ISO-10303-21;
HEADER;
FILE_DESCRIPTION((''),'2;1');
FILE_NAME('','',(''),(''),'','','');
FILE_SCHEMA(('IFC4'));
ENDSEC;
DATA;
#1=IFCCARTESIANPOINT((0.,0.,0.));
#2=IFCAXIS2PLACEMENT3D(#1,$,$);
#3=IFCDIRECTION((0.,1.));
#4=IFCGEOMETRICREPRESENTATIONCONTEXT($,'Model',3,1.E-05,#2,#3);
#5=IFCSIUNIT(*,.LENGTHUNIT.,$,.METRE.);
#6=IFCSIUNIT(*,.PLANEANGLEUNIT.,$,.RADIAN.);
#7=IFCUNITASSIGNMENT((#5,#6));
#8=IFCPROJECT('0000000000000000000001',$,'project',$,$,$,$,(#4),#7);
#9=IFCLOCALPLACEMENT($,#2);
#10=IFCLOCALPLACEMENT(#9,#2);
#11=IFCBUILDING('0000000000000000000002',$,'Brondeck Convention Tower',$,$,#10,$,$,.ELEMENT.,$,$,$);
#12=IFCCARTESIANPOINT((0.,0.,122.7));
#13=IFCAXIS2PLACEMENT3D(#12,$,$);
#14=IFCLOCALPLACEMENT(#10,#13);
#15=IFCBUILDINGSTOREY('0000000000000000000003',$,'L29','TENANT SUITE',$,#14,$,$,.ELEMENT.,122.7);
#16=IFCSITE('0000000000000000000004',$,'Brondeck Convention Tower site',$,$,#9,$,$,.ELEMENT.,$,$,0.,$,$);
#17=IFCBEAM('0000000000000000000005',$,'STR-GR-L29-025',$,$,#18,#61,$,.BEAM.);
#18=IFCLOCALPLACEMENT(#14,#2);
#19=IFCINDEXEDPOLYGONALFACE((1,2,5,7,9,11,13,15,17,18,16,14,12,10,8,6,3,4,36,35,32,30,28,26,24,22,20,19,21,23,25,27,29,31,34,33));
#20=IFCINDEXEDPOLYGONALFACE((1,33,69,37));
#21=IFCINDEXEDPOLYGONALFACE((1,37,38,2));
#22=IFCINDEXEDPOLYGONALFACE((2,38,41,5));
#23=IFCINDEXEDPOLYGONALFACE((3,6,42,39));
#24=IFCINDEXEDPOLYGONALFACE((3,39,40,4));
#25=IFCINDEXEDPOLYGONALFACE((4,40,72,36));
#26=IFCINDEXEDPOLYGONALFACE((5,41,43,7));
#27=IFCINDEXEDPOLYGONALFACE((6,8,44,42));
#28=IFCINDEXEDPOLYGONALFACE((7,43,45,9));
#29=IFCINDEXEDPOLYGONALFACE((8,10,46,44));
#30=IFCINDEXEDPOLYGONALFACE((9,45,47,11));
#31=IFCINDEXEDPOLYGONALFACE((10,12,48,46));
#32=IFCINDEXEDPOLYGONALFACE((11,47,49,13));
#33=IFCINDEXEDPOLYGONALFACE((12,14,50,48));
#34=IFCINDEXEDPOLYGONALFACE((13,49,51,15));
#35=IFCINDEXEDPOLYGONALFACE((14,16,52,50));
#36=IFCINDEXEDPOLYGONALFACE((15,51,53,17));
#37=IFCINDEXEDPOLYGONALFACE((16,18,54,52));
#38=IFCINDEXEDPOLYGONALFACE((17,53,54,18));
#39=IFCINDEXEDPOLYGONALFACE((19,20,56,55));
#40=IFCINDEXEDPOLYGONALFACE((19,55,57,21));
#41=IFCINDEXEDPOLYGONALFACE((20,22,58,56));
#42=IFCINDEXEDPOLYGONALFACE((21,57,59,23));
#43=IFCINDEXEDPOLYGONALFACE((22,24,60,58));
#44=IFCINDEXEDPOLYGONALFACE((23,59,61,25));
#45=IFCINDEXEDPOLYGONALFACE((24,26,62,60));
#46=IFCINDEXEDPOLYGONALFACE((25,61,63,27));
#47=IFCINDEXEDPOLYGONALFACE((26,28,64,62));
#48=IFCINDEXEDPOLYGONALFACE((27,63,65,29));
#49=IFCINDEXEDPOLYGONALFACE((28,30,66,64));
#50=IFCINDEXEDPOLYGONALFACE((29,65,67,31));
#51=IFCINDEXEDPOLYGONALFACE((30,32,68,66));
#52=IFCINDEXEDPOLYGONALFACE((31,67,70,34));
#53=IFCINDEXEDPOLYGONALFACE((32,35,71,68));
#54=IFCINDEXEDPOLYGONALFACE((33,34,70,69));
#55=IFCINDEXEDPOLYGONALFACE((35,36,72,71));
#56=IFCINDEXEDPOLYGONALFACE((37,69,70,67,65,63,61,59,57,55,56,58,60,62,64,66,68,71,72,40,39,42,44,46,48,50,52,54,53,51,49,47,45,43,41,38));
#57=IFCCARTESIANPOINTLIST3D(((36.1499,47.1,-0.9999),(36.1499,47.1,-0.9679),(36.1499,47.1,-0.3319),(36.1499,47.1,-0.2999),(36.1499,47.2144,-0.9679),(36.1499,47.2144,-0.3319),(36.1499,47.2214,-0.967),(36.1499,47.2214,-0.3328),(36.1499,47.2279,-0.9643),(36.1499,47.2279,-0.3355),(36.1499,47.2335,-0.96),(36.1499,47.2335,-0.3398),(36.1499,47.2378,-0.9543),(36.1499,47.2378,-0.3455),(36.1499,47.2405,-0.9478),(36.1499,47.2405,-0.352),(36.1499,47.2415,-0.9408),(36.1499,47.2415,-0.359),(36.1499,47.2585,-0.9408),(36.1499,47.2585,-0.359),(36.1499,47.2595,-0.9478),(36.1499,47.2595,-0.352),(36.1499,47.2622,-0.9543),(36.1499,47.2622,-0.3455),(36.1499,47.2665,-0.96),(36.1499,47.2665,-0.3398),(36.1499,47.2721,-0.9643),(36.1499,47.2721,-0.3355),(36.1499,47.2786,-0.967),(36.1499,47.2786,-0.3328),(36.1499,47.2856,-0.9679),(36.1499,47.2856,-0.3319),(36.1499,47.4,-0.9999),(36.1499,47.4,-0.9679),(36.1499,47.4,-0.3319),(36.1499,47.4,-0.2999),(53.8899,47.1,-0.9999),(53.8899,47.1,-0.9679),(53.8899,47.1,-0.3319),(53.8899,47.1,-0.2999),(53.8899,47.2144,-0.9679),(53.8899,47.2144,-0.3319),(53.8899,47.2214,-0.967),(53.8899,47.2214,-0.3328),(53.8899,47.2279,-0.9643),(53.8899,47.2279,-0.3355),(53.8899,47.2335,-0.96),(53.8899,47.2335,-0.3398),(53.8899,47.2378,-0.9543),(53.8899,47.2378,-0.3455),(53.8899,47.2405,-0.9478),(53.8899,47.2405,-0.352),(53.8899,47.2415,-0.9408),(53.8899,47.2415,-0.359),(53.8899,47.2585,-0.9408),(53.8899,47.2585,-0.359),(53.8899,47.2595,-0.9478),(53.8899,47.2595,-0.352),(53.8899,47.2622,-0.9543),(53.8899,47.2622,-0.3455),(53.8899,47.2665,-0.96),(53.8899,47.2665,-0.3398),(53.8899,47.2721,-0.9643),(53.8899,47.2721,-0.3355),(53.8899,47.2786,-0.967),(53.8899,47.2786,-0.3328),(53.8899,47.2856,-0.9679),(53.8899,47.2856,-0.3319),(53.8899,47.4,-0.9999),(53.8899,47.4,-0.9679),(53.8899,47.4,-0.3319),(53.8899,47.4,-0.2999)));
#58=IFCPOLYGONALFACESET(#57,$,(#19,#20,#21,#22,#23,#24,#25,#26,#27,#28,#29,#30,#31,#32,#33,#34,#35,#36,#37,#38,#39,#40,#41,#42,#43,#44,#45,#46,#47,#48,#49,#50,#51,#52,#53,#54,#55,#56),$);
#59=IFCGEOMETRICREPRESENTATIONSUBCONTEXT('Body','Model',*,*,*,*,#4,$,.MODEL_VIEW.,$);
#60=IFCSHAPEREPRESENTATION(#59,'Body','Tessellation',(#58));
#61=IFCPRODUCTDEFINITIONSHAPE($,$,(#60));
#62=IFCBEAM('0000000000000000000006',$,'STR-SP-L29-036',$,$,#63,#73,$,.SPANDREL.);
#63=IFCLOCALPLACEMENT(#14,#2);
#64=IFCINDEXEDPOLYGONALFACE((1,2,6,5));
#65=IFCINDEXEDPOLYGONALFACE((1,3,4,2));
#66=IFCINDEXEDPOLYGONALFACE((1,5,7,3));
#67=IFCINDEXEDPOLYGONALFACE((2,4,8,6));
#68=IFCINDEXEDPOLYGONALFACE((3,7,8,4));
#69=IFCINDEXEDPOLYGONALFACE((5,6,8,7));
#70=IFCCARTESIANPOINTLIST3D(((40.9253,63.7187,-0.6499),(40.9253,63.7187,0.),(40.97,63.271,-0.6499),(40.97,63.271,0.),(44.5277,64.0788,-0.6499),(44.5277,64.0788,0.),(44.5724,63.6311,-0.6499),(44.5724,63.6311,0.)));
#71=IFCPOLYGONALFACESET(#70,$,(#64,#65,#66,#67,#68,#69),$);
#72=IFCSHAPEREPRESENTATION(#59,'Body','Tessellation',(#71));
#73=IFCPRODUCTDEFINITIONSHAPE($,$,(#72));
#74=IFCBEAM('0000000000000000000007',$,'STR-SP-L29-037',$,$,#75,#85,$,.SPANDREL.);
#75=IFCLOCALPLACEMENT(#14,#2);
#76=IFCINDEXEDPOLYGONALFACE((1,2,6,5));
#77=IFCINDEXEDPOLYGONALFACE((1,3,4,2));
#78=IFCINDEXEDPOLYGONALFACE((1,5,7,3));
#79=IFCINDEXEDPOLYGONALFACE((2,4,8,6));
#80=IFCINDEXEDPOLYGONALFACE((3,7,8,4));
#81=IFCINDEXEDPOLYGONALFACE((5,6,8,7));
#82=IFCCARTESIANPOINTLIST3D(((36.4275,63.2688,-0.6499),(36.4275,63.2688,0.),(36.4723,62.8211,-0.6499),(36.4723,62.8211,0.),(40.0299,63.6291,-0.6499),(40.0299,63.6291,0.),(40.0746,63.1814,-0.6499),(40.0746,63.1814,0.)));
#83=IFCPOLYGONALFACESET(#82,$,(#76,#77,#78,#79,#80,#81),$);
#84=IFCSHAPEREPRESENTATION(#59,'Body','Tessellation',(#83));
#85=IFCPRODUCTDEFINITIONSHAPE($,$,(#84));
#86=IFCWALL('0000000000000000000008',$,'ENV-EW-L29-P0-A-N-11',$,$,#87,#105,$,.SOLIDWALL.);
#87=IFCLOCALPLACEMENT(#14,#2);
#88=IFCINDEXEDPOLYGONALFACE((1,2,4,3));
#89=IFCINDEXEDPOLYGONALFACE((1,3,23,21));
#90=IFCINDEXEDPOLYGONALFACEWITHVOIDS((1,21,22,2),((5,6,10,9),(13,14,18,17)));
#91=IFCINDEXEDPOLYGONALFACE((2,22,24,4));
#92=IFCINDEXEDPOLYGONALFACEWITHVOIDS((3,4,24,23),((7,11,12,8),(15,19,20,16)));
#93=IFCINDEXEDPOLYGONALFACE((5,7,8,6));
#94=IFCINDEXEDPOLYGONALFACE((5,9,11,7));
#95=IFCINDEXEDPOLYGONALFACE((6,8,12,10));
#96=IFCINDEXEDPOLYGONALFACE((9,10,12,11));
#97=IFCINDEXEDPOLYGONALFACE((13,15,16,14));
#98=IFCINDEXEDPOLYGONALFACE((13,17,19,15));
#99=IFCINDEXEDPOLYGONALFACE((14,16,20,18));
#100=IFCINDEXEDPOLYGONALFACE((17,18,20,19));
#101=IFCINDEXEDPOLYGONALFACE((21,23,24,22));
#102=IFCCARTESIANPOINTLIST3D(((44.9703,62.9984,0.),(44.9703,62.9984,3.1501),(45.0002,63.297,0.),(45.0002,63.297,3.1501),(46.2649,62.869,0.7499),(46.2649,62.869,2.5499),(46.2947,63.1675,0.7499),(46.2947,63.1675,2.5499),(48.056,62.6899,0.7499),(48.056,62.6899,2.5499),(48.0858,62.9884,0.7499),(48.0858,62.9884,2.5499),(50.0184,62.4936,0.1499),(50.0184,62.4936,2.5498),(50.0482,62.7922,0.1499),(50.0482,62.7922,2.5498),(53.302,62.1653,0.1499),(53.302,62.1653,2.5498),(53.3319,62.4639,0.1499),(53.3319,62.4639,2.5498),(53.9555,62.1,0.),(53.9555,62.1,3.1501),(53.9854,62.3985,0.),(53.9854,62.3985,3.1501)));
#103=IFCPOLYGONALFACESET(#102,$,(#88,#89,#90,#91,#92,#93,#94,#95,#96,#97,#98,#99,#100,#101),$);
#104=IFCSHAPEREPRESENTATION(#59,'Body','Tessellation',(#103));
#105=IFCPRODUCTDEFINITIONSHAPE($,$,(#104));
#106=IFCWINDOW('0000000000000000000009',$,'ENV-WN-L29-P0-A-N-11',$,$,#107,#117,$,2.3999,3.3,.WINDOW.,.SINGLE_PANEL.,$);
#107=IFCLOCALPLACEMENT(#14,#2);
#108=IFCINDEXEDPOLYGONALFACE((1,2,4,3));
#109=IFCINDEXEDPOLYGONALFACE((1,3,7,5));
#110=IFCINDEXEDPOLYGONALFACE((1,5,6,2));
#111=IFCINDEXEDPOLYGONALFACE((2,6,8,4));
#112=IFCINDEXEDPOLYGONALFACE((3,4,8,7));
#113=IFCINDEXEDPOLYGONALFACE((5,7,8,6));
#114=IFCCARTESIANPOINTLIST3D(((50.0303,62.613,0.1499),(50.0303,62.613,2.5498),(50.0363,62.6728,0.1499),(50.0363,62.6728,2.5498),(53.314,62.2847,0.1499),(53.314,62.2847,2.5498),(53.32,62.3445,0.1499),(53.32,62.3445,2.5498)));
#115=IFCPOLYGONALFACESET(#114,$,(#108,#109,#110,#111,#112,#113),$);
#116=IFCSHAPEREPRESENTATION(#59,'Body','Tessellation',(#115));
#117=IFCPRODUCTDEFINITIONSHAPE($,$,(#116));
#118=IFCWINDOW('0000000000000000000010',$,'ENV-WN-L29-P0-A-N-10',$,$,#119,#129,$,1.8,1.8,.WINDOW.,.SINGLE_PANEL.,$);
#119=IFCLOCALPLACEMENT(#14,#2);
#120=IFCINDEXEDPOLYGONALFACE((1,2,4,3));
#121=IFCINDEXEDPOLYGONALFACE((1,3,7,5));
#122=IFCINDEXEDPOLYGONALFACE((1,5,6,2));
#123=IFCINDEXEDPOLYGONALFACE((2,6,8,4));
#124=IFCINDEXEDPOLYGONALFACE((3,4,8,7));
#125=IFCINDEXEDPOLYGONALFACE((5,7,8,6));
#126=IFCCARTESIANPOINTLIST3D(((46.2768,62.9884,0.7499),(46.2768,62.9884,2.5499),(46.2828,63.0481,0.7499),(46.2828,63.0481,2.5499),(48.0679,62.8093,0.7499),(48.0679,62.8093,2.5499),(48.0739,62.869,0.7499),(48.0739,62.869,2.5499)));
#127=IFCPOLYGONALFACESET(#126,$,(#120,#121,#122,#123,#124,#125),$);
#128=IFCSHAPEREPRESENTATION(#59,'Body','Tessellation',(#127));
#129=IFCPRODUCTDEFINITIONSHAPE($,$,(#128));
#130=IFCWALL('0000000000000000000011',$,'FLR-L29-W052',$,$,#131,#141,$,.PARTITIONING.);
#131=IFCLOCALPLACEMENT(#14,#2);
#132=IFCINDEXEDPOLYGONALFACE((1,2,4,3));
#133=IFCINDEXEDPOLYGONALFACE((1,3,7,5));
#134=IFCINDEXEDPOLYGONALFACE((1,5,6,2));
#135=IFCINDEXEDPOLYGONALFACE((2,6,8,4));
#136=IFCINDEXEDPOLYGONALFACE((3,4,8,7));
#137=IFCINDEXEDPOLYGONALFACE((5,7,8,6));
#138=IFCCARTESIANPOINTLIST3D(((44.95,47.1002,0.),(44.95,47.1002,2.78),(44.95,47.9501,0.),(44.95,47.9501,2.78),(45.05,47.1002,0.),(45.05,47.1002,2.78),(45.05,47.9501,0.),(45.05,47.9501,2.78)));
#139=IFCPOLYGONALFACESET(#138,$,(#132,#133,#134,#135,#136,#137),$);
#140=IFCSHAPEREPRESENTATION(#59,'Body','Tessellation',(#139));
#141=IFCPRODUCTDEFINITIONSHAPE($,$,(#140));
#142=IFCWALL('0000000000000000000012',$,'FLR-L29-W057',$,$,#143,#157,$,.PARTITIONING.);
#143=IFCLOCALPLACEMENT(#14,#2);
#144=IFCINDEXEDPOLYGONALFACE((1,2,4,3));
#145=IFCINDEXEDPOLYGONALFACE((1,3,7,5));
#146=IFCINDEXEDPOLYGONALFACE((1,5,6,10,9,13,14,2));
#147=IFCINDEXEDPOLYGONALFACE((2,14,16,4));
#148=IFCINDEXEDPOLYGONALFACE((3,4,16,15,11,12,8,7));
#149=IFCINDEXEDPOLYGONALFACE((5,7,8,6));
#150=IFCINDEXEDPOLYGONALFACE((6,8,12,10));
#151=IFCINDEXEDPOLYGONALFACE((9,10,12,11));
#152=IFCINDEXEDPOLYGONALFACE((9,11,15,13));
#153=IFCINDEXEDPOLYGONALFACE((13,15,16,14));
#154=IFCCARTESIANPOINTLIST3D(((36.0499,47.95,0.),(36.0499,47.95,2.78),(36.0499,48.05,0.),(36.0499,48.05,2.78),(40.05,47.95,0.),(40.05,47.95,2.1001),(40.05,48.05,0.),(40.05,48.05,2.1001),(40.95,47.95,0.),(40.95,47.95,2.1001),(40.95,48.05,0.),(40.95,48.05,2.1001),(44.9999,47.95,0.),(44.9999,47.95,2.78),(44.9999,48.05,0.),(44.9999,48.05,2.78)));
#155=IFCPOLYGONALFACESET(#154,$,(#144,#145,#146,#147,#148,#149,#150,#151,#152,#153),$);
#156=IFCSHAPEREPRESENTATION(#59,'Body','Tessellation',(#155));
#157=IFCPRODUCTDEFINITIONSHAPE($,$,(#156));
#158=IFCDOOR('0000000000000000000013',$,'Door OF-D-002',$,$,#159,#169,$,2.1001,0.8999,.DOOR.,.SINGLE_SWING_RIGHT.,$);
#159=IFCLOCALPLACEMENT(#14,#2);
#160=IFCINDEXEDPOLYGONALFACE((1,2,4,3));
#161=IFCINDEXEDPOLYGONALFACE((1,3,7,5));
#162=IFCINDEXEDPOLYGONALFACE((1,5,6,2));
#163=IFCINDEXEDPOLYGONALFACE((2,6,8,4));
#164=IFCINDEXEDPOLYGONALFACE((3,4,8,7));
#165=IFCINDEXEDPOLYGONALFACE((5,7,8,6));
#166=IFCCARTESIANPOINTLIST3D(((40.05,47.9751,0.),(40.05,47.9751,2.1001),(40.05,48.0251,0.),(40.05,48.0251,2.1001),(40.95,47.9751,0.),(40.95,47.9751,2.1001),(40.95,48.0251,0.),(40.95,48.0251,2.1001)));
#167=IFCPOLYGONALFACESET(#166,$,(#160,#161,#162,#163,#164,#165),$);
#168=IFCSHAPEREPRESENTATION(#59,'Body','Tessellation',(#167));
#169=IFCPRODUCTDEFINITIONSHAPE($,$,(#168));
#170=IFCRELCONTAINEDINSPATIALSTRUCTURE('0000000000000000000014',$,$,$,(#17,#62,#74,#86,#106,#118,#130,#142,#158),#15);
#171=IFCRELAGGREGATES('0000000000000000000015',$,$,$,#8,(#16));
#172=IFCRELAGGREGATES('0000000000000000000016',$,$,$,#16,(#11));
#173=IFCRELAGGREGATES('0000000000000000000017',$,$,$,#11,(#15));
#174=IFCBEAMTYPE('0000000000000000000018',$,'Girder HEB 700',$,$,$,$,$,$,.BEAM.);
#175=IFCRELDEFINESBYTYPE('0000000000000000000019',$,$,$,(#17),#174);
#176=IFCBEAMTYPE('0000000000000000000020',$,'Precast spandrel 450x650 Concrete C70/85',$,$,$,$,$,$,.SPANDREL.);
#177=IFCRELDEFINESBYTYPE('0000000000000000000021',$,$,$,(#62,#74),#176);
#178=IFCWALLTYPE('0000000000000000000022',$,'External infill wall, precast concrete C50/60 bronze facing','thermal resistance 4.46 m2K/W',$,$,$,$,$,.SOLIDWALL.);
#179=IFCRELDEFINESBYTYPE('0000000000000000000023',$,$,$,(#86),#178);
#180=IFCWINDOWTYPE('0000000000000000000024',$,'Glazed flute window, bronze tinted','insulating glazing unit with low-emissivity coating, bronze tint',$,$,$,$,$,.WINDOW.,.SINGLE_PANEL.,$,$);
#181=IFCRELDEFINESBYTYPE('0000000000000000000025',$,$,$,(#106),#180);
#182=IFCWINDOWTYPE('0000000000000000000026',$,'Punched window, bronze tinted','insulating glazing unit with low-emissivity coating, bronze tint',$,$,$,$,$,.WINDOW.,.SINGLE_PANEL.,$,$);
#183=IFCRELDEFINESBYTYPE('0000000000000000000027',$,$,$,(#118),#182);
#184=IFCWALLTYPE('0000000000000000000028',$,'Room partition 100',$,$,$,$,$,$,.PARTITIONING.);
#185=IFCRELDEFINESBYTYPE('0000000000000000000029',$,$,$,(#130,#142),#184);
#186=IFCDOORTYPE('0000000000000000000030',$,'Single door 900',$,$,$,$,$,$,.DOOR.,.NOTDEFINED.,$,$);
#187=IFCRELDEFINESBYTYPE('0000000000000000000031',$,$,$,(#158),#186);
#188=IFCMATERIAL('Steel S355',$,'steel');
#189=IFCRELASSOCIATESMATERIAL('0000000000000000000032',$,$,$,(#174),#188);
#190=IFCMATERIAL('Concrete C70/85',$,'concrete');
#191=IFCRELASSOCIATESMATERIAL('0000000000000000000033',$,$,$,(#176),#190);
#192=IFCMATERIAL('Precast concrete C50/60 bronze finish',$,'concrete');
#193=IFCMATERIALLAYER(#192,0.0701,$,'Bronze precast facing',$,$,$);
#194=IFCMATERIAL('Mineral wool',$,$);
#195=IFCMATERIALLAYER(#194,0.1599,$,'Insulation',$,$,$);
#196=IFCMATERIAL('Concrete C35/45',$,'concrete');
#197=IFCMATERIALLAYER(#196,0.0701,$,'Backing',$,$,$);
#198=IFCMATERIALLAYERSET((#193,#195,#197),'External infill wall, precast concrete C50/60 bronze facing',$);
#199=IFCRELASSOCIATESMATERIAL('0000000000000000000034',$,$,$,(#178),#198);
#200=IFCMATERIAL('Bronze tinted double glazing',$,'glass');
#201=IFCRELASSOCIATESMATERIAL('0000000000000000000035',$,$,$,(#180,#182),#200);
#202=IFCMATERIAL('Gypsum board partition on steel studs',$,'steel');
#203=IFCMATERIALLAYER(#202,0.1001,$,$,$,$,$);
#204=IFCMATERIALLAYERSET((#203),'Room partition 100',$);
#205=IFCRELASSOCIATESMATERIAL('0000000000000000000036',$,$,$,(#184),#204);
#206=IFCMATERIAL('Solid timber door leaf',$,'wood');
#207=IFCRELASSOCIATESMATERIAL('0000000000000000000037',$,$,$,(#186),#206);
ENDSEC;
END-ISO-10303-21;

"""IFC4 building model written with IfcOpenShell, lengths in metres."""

from ifc_helpers import new_model, si_unit, direction, frame, frame_2d, origin, origin_2d, place, context, subcontext, project, spatial, rectangle, i_section, extrude, material, layer, layer_set, material_profile, profile_set, type_object, element, fill, save


model = new_model("IFC4")

# Units and contexts
model_context = context("Model", 3, precision=1e-05, world=origin(), true_north=direction((0.0, 1.0)))
body_context = subcontext(model_context, "Body", "Model", "MODEL_VIEW")
ifc_project = project(units=[si_unit("LENGTHUNIT", "METRE"), si_unit("PLANEANGLEUNIT", "RADIAN")], contexts=[model_context])

# Site, building, storey
site_placement = place(None, origin())
site = spatial("IfcSite", under=ifc_project, at=site_placement, Name="Brondeck Convention Tower site", CompositionType="ELEMENT", RefElevation=0.0)
building_placement = place(site_placement, origin())
building = spatial("IfcBuilding", under=site, at=building_placement, Name="Brondeck Convention Tower", CompositionType="ELEMENT")
storey_placement = place(building_placement, frame((0.0, 0.0, 122.7)))
storey = spatial("IfcBuildingStorey", under=building, at=storey_placement, Name="L29", Description="TENANT SUITE", CompositionType="ELEMENT", Elevation=122.7)

# Shared definitions
ifc_material_1 = material(Name="Concrete C70/85", Category="concrete")

# Beams
ifc_material_2 = material(Name="Steel S355", Category="steel")
ifc_material_profile_1 = material_profile(ifc_material_2, i_section(OverallWidth=0.3, OverallDepth=0.7, WebThickness=0.0171, FlangeThickness=0.032, FilletRadius=0.0271, at=origin_2d()), Name="HEB 700")
ifc_profile_set_1 = profile_set([ifc_material_profile_1], Name="Steel S355")
beam_type_1 = type_object("IfcBeamType", Name="Girder HEB 700", PredefinedType="BEAM", material=ifc_profile_set_1)
beam_1_placement = place(storey_placement, frame((36.1499, 47.25, -0.6499), z_axis=(1.0, 0.0, 0.0), x_axis=(0.0, 1.0, 0.0)))
element("IfcBeam", 1, at=beam_1_placement, inside=storey, type_object=beam_type_1, Name="STR-GR-L29-025", PredefinedType="BEAM", context=body_context, shape_type="SweptSolid", body=[
    extrude(i_section(OverallWidth=0.3, OverallDepth=0.7, WebThickness=0.0171, FlangeThickness=0.032, FilletRadius=0.0271, at=origin_2d()), origin(), (0.0, 0.0, 1.0), 17.74),
])
ifc_material_profile_2 = material_profile(ifc_material_1, rectangle(XDim=0.45, YDim=0.6499, at=origin_2d()), Name="Precast spandrel 450x650 Concrete C70/85")
ifc_profile_set_2 = profile_set([ifc_material_profile_2], Name="Concrete C70/85")
beam_type_2 = type_object("IfcBeamType", Name="Precast spandrel 450x650 Concrete C70/85", PredefinedType="SPANDREL", material=ifc_profile_set_2)
for number, where, z_axis, x_axis, name in (
    (2, (44.55, 63.855, -0.325), (-0.995041, -0.09947, 0.0), (0.09947, -0.995041, 0.0), "STR-SP-L29-036"),
    (3, (40.0522, 63.4053, -0.325), (-0.995034, -0.099537, 0.0), (0.099537, -0.995034, 0.0), "STR-SP-L29-037"),
):
    element("IfcBeam", number, at=place(storey_placement, frame(where, z_axis=z_axis, x_axis=x_axis)), inside=storey, type_object=beam_type_2, Name=name, PredefinedType="SPANDREL", context=body_context, shape_type="SweptSolid", body=[
        extrude(rectangle(XDim=0.45, YDim=0.6499, at=origin_2d()), origin(), (0.0, 0.0, 1.0), 3.6204),
    ])

# Wall, openings, windows
ifc_material_3 = material(Name="Precast concrete C50/60 bronze finish", Category="concrete")
ifc_layer_1 = layer(ifc_material_3, 0.0701, Name="Bronze precast facing")
ifc_material_4 = material(Name="Mineral wool")
ifc_layer_2 = layer(ifc_material_4, 0.1599, Name="Insulation")
ifc_material_5 = material(Name="Concrete C35/45", Category="concrete")
ifc_layer_3 = layer(ifc_material_5, 0.0701, Name="Backing")
ifc_layer_set_1 = layer_set([ifc_layer_1, ifc_layer_2, ifc_layer_3], Name="External infill wall, precast concrete C50/60 bronze facing")
wall_type_1 = type_object("IfcWallType", Name="External infill wall, precast concrete C50/60 bronze facing", Description="thermal resistance 4.46 m2K/W", PredefinedType="SOLIDWALL", material=ifc_layer_set_1)
wall_1_placement = place(storey_placement, frame((44.9851, 63.1477, 0.0), z_axis=(0.0, 0.0, 1.0), x_axis=(0.995038, -0.099496, 0.0)))
wall_1 = element("IfcWall", 4, at=wall_1_placement, inside=storey, type_object=wall_type_1, Name="ENV-EW-L29-P0-A-N-11", PredefinedType="SOLIDWALL", context=body_context, shape_type="SweptSolid", body=[
    extrude(rectangle(XDim=9.03, YDim=0.3, at=frame_2d((4.5151, 0.0))), origin(), (0.0, 0.0, 1.0), 3.1501),
])
opening_1_placement = place(wall_1_placement, frame((1.3013, 0.0, 0.75)))
opening_1 = element("IfcOpeningElement", 5, at=opening_1_placement, cuts=wall_1, PredefinedType="OPENING", context=body_context, shape_type="SweptSolid", body=[
    extrude(rectangle(XDim=1.8, YDim=1.8, at=frame_2d((0.8999, 0.8999))), frame((0.0, 0.1599, 0.0), z_axis=(0.0, -1.0, 0.0), x_axis=(1.0, 0.0, 0.0)), (0.0, 0.0, 1.0), 0.3201),
])
opening_2_placement = place(wall_1_placement, frame((5.0735, 0.0, 0.1499)))
opening_2 = element("IfcOpeningElement", 6, at=opening_2_placement, cuts=wall_1, PredefinedType="OPENING", context=body_context, shape_type="SweptSolid", body=[
    extrude(rectangle(XDim=3.3, YDim=2.3999, at=frame_2d((1.6499, 1.2))), frame((0.0, 0.1599, 0.0), z_axis=(0.0, -1.0, 0.0), x_axis=(1.0, 0.0, 0.0)), (0.0, 0.0, 1.0), 0.3201),
])
ifc_material_6 = material(Name="Bronze tinted double glazing", Category="glass")
window_type_1 = type_object("IfcWindowType", Name="Glazed flute window, bronze tinted", Description="insulating glazing unit with low-emissivity coating, bronze tint", PartitioningType="SINGLE_PANEL", PredefinedType="WINDOW", material=ifc_material_6)
window_1_placement = place(opening_2_placement, origin())
window_1 = element("IfcWindow", 7, at=window_1_placement, inside=storey, type_object=window_type_1, Name="ENV-WN-L29-P0-A-N-11", OverallHeight=2.3999, OverallWidth=3.3, PartitioningType="SINGLE_PANEL", PredefinedType="WINDOW", context=body_context, shape_type="SweptSolid", body=[
    extrude(rectangle(XDim=3.3, YDim=2.3999, at=frame_2d((1.6499, 1.2))), frame((0.0, 0.03, 0.0), z_axis=(0.0, -1.0, 0.0), x_axis=(1.0, 0.0, 0.0)), (0.0, 0.0, 1.0), 0.0601),
])
fill(opening_2, window_1)
window_type_2 = type_object("IfcWindowType", Name="Punched window, bronze tinted", Description="insulating glazing unit with low-emissivity coating, bronze tint", PartitioningType="SINGLE_PANEL", PredefinedType="WINDOW", material=ifc_material_6)
window_2_placement = place(opening_1_placement, origin())
window_2 = element("IfcWindow", 8, at=window_2_placement, inside=storey, type_object=window_type_2, Name="ENV-WN-L29-P0-A-N-10", OverallHeight=1.8, OverallWidth=1.8, PartitioningType="SINGLE_PANEL", PredefinedType="WINDOW", context=body_context, shape_type="SweptSolid", body=[
    extrude(rectangle(XDim=1.8, YDim=1.8, at=frame_2d((0.8999, 0.8999))), frame((0.0, 0.03, 0.0), z_axis=(0.0, -1.0, 0.0), x_axis=(1.0, 0.0, 0.0)), (0.0, 0.0, 1.0), 0.0601),
])
fill(opening_1, window_2)

# Wall
ifc_material_7 = material(Name="Gypsum board partition on steel studs", Category="steel")
ifc_layer_4 = layer(ifc_material_7, 0.1001)
ifc_layer_set_2 = layer_set([ifc_layer_4], Name="Room partition 100")
wall_type_2 = type_object("IfcWallType", Name="Room partition 100", PredefinedType="PARTITIONING", material=ifc_layer_set_2)
wall_2_placement = place(storey_placement, frame((45.0, 47.95, 0.0), z_axis=(0.0, 0.0, 1.0), x_axis=(0.0, -1.0, 0.0)))
element("IfcWall", 9, at=wall_2_placement, inside=storey, type_object=wall_type_2, Name="FLR-L29-W052", PredefinedType="PARTITIONING", context=body_context, shape_type="SweptSolid", body=[
    extrude(rectangle(XDim=0.8499, YDim=0.1001, at=frame_2d((0.4248, 0.0))), origin(), (0.0, 0.0, 1.0), 2.78),
])

# Wall, opening, door
wall_3_placement = place(storey_placement, frame((45.0, 48.0, 0.0), z_axis=(0.0, 0.0, 1.0), x_axis=(-1.0, 0.0, 0.0)))
wall_3 = element("IfcWall", 10, at=wall_3_placement, inside=storey, type_object=wall_type_2, Name="FLR-L29-W057", PredefinedType="PARTITIONING", context=body_context, shape_type="SweptSolid", body=[
    extrude(rectangle(XDim=8.95, YDim=0.1001, at=frame_2d((4.4751, 0.0))), origin(), (0.0, 0.0, 1.0), 2.78),
])
opening_3_placement = place(wall_3_placement, frame((4.05, 0.0, 0.0)))
opening_3 = element("IfcOpeningElement", 11, at=opening_3_placement, cuts=wall_3, PredefinedType="OPENING", context=body_context, shape_type="SweptSolid", body=[
    extrude(rectangle(XDim=0.8999, YDim=2.1001, at=frame_2d((0.45, 1.05))), frame((0.0, 0.0601, 0.0), z_axis=(0.0, -1.0, 0.0), x_axis=(1.0, 0.0, 0.0)), (0.0, 0.0, 1.0), 0.1201),
])
ifc_material_8 = material(Name="Solid timber door leaf", Category="wood")
door_type = type_object("IfcDoorType", Name="Single door 900", OperationType="NOTDEFINED", PredefinedType="DOOR", material=ifc_material_8)
door_1_placement = place(opening_3_placement, origin())
door_1 = element("IfcDoor", 12, at=door_1_placement, inside=storey, type_object=door_type, Name="Door OF-D-002", OperationType="SINGLE_SWING_RIGHT", OverallHeight=2.1001, OverallWidth=0.8999, PredefinedType="DOOR", context=body_context, shape_type="SweptSolid", body=[
    extrude(rectangle(XDim=0.8999, YDim=2.1001, at=frame_2d((0.45, 1.05))), frame((0.0, 0.0249, 0.0), z_axis=(0.0, -1.0, 0.0), x_axis=(1.0, 0.0, 0.0)), (0.0, 0.0, 1.0), 0.05),
])
fill(opening_3, door_1)

save(model, "model.ifc")
